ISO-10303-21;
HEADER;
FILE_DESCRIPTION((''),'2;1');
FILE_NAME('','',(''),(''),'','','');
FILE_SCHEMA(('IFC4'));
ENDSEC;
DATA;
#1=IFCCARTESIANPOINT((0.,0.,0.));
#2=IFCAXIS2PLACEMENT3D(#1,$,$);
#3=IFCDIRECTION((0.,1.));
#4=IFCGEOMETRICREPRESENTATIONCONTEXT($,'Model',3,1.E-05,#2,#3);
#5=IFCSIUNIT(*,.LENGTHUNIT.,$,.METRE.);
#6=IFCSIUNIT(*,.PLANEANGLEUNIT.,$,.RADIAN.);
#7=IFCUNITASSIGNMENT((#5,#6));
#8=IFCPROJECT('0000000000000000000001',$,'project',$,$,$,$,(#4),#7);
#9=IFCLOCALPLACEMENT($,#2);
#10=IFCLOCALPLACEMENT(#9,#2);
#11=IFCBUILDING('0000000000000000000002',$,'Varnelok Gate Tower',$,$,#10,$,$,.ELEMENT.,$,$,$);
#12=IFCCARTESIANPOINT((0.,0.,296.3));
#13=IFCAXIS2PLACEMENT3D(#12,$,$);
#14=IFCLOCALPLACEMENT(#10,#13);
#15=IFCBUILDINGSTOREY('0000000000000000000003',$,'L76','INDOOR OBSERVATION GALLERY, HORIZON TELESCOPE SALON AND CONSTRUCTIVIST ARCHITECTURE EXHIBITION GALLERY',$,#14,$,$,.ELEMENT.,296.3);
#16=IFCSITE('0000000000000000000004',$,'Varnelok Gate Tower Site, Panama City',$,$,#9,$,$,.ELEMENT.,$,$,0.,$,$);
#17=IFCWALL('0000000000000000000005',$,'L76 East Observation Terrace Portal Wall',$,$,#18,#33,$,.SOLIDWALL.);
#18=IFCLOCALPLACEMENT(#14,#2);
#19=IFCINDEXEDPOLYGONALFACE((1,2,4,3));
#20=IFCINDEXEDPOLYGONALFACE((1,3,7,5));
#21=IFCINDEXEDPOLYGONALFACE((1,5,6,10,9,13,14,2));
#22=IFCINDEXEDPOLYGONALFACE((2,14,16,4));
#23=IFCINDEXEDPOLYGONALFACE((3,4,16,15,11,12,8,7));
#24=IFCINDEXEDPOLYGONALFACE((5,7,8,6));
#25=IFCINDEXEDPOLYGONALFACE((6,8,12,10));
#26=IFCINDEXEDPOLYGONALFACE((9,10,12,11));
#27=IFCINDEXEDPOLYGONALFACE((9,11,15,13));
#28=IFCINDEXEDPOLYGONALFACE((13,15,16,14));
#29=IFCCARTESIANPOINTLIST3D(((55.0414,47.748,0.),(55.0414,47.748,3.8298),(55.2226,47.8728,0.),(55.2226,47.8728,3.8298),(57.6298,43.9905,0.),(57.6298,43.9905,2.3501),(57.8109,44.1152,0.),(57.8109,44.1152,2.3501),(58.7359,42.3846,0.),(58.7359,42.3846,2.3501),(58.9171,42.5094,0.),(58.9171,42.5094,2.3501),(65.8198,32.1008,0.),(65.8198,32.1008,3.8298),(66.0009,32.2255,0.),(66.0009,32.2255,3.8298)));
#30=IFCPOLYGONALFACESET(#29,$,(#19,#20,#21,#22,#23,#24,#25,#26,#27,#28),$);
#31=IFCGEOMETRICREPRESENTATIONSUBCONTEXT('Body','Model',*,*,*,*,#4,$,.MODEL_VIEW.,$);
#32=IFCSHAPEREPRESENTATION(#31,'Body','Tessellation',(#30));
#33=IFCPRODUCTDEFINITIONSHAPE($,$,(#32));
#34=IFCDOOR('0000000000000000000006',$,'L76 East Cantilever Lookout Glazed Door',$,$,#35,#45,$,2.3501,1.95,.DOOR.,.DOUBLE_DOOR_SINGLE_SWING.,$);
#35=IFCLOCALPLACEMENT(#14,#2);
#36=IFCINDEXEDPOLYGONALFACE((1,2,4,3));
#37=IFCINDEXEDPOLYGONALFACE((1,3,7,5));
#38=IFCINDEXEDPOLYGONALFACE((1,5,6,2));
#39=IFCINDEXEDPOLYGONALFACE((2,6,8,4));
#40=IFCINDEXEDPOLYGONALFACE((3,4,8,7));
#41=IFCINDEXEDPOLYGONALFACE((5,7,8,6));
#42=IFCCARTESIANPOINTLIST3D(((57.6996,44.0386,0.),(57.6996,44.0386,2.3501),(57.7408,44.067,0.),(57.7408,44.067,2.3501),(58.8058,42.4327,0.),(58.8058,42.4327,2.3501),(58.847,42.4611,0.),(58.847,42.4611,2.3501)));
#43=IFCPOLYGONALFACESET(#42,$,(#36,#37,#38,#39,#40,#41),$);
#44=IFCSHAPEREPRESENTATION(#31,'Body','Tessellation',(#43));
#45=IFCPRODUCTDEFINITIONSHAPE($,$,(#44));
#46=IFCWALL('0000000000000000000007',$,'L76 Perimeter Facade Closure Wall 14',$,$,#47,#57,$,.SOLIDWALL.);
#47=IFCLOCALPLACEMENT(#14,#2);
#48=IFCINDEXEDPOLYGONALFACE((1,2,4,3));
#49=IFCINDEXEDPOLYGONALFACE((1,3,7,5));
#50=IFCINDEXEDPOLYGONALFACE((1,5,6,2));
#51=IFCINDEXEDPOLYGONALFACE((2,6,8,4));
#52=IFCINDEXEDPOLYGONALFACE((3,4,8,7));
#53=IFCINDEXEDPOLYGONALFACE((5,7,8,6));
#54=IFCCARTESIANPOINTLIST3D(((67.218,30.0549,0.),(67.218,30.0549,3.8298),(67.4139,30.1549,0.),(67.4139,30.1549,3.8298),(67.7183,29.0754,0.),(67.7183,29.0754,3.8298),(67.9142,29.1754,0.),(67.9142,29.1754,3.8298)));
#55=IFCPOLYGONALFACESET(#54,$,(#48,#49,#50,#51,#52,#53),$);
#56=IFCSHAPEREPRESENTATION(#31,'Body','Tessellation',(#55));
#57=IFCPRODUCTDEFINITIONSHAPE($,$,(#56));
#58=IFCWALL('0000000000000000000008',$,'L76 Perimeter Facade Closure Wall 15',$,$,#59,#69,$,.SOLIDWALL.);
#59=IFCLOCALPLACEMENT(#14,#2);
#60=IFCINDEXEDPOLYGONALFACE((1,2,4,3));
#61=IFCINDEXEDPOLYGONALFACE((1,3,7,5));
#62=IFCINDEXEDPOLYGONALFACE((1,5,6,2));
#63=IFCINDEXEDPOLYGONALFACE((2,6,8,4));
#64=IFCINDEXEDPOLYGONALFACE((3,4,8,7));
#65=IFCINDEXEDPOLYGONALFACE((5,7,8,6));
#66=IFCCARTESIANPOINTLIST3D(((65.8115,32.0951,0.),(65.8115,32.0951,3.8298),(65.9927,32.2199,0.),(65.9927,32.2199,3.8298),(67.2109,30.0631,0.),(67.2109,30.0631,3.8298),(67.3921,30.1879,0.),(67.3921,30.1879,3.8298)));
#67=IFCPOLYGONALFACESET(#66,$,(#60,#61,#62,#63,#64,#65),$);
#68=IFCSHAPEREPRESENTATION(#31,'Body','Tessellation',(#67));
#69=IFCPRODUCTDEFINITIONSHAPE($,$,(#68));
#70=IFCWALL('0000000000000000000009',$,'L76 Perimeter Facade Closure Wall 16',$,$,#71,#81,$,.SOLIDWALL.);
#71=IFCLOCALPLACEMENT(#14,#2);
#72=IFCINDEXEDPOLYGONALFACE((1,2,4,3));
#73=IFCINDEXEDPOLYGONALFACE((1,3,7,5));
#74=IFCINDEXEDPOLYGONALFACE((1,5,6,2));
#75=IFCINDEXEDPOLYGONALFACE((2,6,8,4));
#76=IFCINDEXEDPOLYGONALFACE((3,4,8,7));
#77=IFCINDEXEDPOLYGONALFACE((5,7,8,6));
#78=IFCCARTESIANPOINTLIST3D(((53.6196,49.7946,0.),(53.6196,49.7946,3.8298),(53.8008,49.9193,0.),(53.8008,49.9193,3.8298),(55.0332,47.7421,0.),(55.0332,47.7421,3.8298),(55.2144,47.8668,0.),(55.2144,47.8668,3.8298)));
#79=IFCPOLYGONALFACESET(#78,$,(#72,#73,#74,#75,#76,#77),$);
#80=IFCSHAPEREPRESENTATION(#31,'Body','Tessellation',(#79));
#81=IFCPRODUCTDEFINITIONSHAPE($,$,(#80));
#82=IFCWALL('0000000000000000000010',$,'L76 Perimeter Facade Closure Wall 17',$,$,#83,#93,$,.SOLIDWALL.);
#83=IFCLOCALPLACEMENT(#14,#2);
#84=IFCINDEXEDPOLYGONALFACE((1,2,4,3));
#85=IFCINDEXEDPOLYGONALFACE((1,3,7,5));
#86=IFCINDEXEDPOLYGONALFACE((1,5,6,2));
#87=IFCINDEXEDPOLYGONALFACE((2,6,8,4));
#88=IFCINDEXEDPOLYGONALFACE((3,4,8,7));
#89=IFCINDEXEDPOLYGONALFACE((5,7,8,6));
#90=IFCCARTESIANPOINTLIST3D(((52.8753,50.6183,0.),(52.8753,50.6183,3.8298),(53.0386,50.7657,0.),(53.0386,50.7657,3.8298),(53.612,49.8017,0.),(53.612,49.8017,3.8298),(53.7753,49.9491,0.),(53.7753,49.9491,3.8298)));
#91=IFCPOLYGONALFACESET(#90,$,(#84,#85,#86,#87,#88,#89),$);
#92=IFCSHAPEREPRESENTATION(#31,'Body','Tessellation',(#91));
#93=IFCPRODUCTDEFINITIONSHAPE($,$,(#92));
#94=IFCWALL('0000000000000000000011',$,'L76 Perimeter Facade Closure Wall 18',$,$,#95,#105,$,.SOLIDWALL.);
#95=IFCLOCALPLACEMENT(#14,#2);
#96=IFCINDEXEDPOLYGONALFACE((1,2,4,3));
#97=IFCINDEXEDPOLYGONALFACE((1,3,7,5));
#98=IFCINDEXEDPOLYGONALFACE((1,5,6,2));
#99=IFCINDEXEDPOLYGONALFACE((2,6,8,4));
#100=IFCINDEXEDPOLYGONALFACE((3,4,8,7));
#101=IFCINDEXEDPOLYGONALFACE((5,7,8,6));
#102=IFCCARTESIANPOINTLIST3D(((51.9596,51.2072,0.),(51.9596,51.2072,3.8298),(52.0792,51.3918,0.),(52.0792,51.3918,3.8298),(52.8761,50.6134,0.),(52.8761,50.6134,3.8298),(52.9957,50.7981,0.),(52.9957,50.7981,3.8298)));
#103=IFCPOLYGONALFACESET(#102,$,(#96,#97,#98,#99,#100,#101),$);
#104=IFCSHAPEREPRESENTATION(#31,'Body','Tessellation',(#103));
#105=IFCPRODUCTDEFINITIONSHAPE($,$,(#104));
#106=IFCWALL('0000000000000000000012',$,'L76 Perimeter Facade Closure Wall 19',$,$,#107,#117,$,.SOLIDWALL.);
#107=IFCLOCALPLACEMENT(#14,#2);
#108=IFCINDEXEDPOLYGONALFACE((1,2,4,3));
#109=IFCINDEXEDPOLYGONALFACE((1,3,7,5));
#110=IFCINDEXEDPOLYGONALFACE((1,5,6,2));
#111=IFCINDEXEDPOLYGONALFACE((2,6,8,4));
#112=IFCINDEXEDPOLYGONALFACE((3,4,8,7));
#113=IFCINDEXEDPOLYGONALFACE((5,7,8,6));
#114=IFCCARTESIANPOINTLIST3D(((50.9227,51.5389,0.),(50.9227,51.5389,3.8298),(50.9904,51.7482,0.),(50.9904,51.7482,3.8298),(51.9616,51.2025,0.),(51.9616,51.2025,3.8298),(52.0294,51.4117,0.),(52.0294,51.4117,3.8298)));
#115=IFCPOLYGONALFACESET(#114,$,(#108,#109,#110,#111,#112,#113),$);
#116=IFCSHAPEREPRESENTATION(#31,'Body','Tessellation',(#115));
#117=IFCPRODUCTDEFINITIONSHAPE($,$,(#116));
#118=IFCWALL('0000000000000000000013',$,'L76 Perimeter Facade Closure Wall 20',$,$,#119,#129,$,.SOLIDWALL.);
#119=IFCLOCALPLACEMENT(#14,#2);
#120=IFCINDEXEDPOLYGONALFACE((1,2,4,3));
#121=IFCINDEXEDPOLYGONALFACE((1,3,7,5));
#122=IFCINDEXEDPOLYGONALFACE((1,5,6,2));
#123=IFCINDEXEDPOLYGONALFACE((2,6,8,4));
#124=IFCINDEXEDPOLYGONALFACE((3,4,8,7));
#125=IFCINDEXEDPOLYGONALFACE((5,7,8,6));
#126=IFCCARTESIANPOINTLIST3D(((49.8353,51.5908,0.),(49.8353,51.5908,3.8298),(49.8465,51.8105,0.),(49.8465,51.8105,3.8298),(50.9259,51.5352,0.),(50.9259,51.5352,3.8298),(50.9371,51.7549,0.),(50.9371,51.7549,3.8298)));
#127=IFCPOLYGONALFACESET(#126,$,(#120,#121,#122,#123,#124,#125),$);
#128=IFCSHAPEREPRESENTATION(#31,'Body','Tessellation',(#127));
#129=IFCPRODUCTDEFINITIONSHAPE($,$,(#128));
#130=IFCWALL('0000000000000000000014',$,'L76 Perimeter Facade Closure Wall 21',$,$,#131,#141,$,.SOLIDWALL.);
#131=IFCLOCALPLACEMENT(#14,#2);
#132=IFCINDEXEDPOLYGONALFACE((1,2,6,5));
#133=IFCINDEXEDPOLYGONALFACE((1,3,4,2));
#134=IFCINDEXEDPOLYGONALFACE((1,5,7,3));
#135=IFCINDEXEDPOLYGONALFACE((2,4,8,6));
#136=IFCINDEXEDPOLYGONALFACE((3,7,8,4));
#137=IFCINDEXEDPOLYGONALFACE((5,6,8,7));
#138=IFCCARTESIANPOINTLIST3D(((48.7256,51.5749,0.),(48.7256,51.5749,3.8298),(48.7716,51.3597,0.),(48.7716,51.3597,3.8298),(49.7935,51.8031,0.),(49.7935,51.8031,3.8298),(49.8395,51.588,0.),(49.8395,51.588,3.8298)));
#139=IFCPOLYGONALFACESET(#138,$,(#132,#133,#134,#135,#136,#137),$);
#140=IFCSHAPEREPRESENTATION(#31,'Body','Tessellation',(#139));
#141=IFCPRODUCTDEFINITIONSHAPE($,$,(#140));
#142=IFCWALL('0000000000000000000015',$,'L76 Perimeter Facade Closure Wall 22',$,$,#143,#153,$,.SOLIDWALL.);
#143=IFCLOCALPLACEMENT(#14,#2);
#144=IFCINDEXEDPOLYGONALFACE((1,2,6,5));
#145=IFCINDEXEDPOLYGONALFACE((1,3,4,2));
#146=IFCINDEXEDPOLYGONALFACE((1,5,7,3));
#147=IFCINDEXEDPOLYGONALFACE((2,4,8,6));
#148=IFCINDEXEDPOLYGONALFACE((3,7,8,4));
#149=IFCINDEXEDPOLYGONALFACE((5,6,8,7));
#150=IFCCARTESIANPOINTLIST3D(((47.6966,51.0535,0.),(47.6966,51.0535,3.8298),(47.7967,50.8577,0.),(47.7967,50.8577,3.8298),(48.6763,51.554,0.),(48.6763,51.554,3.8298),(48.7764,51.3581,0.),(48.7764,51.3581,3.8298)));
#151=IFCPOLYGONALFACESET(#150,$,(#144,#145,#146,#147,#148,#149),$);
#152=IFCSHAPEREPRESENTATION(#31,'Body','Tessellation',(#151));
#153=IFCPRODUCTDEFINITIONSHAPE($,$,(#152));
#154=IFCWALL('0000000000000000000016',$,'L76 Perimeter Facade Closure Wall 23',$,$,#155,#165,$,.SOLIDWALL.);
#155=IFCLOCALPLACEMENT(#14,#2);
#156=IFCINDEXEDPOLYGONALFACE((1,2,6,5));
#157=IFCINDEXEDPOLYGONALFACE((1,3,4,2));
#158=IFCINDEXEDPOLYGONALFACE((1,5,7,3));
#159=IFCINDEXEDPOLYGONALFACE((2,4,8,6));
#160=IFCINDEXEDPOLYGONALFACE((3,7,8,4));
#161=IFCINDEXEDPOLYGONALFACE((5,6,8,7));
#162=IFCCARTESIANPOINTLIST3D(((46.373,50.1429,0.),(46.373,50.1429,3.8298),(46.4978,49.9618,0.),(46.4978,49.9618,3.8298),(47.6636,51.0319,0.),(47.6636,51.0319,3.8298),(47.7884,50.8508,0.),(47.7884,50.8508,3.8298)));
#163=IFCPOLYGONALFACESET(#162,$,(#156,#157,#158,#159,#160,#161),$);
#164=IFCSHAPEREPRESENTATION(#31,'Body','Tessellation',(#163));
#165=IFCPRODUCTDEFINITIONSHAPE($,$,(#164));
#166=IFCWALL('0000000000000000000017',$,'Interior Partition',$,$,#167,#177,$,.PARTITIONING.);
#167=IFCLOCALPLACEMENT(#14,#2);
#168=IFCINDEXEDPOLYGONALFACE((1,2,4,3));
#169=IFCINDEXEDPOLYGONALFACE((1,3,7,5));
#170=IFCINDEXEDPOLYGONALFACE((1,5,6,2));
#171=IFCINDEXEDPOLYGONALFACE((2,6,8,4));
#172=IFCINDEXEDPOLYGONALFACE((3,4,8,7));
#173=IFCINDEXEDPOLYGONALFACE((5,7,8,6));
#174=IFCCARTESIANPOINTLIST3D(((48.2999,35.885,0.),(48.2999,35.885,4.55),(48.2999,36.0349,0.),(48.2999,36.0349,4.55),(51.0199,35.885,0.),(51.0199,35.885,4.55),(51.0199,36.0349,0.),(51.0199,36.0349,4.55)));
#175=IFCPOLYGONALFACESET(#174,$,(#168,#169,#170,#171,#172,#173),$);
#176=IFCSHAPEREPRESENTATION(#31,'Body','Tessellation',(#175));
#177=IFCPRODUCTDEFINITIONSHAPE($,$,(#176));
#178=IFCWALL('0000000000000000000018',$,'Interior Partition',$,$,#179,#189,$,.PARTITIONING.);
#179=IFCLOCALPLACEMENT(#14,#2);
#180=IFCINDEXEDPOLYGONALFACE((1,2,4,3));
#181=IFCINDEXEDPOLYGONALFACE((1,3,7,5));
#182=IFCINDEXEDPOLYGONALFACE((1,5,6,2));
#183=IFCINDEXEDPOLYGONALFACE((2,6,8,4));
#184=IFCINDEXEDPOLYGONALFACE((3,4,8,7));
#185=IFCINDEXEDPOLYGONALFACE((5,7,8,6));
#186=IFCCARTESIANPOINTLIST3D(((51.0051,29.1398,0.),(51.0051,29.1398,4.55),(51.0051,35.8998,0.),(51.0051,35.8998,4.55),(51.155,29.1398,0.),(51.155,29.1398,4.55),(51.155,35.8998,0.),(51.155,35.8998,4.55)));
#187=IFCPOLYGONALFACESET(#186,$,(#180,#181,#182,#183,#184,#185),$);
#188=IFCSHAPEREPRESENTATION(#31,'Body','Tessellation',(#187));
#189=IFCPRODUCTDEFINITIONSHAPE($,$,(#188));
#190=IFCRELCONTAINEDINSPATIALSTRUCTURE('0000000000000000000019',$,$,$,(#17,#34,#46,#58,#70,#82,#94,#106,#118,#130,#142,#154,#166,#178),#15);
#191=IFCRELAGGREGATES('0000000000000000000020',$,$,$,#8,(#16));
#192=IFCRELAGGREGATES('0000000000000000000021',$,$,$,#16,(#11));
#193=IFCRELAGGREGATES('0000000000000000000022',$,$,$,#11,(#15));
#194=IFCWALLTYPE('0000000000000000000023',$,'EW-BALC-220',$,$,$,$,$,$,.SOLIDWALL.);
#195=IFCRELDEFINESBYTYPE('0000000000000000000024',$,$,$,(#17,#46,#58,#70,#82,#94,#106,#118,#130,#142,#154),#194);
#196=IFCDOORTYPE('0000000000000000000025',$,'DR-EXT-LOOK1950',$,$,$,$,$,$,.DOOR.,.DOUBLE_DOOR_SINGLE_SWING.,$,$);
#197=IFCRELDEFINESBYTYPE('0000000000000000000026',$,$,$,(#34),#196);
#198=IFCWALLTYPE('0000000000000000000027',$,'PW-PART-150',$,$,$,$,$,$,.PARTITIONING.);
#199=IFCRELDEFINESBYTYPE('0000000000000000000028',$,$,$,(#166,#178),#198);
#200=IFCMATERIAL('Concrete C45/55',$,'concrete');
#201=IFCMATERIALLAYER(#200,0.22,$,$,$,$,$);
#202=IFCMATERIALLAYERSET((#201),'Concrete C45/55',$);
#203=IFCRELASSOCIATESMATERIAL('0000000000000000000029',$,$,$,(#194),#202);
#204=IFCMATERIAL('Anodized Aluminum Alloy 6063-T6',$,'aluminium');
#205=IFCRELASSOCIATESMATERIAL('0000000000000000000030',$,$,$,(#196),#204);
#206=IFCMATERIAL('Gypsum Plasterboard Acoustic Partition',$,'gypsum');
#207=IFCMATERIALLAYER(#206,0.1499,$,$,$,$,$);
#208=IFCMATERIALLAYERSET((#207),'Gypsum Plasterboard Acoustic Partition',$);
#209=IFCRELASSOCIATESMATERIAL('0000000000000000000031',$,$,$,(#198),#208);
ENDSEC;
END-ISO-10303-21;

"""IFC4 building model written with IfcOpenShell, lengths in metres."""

from ifc_helpers import new_model, si_unit, direction, frame, frame_2d, origin, place, context, subcontext, project, spatial, rectangle, extrude, material, layer, layer_set, type_object, element, fill, save


model = new_model("IFC4")

# Units and contexts
model_context = context("Model", 3, precision=1e-05, world=origin(), true_north=direction((0.0, 1.0)))
body_context = subcontext(model_context, "Body", "Model", "MODEL_VIEW")
ifc_project = project(units=[si_unit("LENGTHUNIT", "METRE"), si_unit("PLANEANGLEUNIT", "RADIAN")], contexts=[model_context])

# Site, building, storey
site_placement = place(None, origin())
site = spatial("IfcSite", under=ifc_project, at=site_placement, Name="Varnelok Gate Tower Site, Panama City", CompositionType="ELEMENT", RefElevation=0.0)
building_placement = place(site_placement, origin())
building = spatial("IfcBuilding", under=site, at=building_placement, Name="Varnelok Gate Tower", CompositionType="ELEMENT")
storey_placement = place(building_placement, frame((0.0, 0.0, 296.3)))
storey = spatial("IfcBuildingStorey", under=building, at=storey_placement, Name="L76", Description="INDOOR OBSERVATION GALLERY, HORIZON TELESCOPE SALON AND CONSTRUCTIVIST ARCHITECTURE EXHIBITION GALLERY", CompositionType="ELEMENT", Elevation=296.3)

# Wall, opening, door
ifc_material_1 = material(Name="Concrete C45/55", Category="concrete")
ifc_layer_1 = layer(ifc_material_1, 0.22)
ifc_layer_set_1 = layer_set([ifc_layer_1], Name="Concrete C45/55")
wall_type_1 = type_object("IfcWallType", Name="EW-BALC-220", PredefinedType="SOLIDWALL", material=ifc_layer_set_1)
wall_1_placement = place(storey_placement, frame((55.1321, 47.8103, 0.0), z_axis=(0.0, 0.0, 1.0), x_axis=(0.567274, -0.823529, 0.0)))
wall_1 = element("IfcWall", 1, at=wall_1_placement, inside=storey, type_object=wall_type_1, Name="L76 East Observation Terrace Portal Wall", PredefinedType="SOLIDWALL", context=body_context, shape_type="SweptSolid", body=[
    extrude(rectangle(XDim=19.0002, YDim=0.22, at=frame_2d((9.5, 0.0))), origin(), (0.0, 0.0, 1.0), 3.8298),
])
opening_placement = place(wall_1_placement, frame((4.5625, 0.0, 0.0)))
opening = element("IfcOpeningElement", 2, at=opening_placement, cuts=wall_1, PredefinedType="OPENING", context=body_context, shape_type="SweptSolid", body=[
    extrude(rectangle(XDim=1.95, YDim=2.3501, at=frame_2d((0.9751, 1.175))), frame((0.0, 0.1199, 0.0), z_axis=(0.0, -1.0, 0.0), x_axis=(1.0, 0.0, 0.0)), (0.0, 0.0, 1.0), 0.24),
])
ifc_material_2 = material(Name="Anodized Aluminum Alloy 6063-T6", Category="aluminium")
door_type = type_object("IfcDoorType", Name="DR-EXT-LOOK1950", OperationType="DOUBLE_DOOR_SINGLE_SWING", PredefinedType="DOOR", material=ifc_material_2)
door_placement = place(opening_placement, origin())
door = element("IfcDoor", 3, at=door_placement, inside=storey, type_object=door_type, Name="L76 East Cantilever Lookout Glazed Door", OperationType="DOUBLE_DOOR_SINGLE_SWING", OverallHeight=2.3501, OverallWidth=1.95, PredefinedType="DOOR", context=body_context, shape_type="SweptSolid", body=[
    extrude(rectangle(XDim=1.95, YDim=2.3501, at=frame_2d((0.9751, 1.175))), frame((0.0, 0.0249, 0.0), z_axis=(0.0, -1.0, 0.0), x_axis=(1.0, 0.0, 0.0)), (0.0, 0.0, 1.0), 0.05),
])
fill(opening, door)

# Walls
wall_2_placement = place(storey_placement, frame((67.8162, 29.1255, 0.0), z_axis=(0.0, 0.0, 1.0), x_axis=(-0.454833, 0.890577, 0.0)))
element("IfcWall", 4, at=wall_2_placement, inside=storey, type_object=wall_type_1, Name="L76 Perimeter Facade Closure Wall 14", PredefinedType="SOLIDWALL", context=body_context, shape_type="SweptSolid", body=[
    extrude(rectangle(XDim=1.0999, YDim=0.22, at=frame_2d((0.5498, 0.0))), origin(), (0.0, 0.0, 1.0), 3.8298),
])
wall_3_placement = place(storey_placement, frame((67.3015, 30.1255, 0.0), z_axis=(0.0, 0.0, 1.0), x_axis=(-0.567196, 0.823583, 0.0)))
element("IfcWall", 5, at=wall_3_placement, inside=storey, type_object=wall_type_1, Name="L76 Perimeter Facade Closure Wall 15", PredefinedType="SOLIDWALL", context=body_context, shape_type="SweptSolid", body=[
    extrude(rectangle(XDim=2.4673, YDim=0.22, at=frame_2d((1.2336, 0.0))), origin(), (0.0, 0.0, 1.0), 3.8298),
])
wall_4_placement = place(storey_placement, frame((55.1238, 47.8044, 0.0), z_axis=(0.0, 0.0, 1.0), x_axis=(-0.567206, 0.823576, 0.0)))
element("IfcWall", 6, at=wall_4_placement, inside=storey, type_object=wall_type_1, Name="L76 Perimeter Facade Closure Wall 16", PredefinedType="SOLIDWALL", context=body_context, shape_type="SweptSolid", body=[
    extrude(rectangle(XDim=2.4922, YDim=0.22, at=frame_2d((1.2461, 0.0))), origin(), (0.0, 0.0, 1.0), 3.8298),
])
wall_5_placement = place(storey_placement, frame((53.6936, 49.8755, 0.0), z_axis=(0.0, 0.0, 1.0), x_axis=(-0.669884, 0.742466, 0.0)))
element("IfcWall", 7, at=wall_5_placement, inside=storey, type_object=wall_type_1, Name="L76 Perimeter Facade Closure Wall 17", PredefinedType="SOLIDWALL", context=body_context, shape_type="SweptSolid", body=[
    extrude(rectangle(XDim=1.0999, YDim=0.22, at=frame_2d((0.5498, 0.0))), origin(), (0.0, 0.0, 1.0), 3.8298),
])
for number, where, z_axis, x_axis, name in (
    (8, (52.9358, 50.7058, 0.0), (0.0, 0.0, 1.0), (-0.83927, 0.543715, 0.0), "L76 Perimeter Facade Closure Wall 18"),
    (9, (51.9954, 51.3071, 0.0), (0.0, 0.0, 1.0), (-0.951354, 0.3081, 0.0), "L76 Perimeter Facade Closure Wall 19"),
    (10, (50.9314, 51.645, 0.0), (0.0, 0.0, 1.0), (-0.9987, 0.050975, 0.0), "L76 Perimeter Facade Closure Wall 20"),
    (11, (49.8164, 51.6956, 0.0), (0.0, 0.0, 1.0), (-0.977907, -0.20904, 0.0), "L76 Perimeter Facade Closure Wall 21"),
):
    element("IfcWall", number, at=place(storey_placement, frame(where, z_axis=z_axis, x_axis=x_axis)), inside=storey, type_object=wall_type_1, Name=name, PredefinedType="SOLIDWALL", context=body_context, shape_type="SweptSolid", body=[
        extrude(rectangle(XDim=1.092, YDim=0.22, at=frame_2d((0.5459, 0.0))), origin(), (0.0, 0.0, 1.0), 3.8298),
    ])
wall_6_placement = place(storey_placement, frame((48.7263, 51.4561, 0.0), z_axis=(0.0, 0.0, 1.0), x_axis=(-0.890533, -0.454919, 0.0)))
element("IfcWall", 12, at=wall_6_placement, inside=storey, type_object=wall_type_1, Name="L76 Perimeter Facade Closure Wall 22", PredefinedType="SOLIDWALL", context=body_context, shape_type="SweptSolid", body=[
    extrude(rectangle(XDim=1.1001, YDim=0.22, at=frame_2d((0.55, 0.0))), origin(), (0.0, 0.0, 1.0), 3.8298),
])
wall_7_placement = place(storey_placement, frame((47.7261, 50.9414, 0.0), z_axis=(0.0, 0.0, 1.0), x_axis=(-0.823542, -0.567256, 0.0)))
element("IfcWall", 13, at=wall_7_placement, inside=storey, type_object=wall_type_1, Name="L76 Perimeter Facade Closure Wall 23", PredefinedType="SOLIDWALL", context=body_context, shape_type="SweptSolid", body=[
    extrude(rectangle(XDim=1.5671, YDim=0.22, at=frame_2d((0.7837, 0.0))), origin(), (0.0, 0.0, 1.0), 3.8298),
])
ifc_material_3 = material(Name="Gypsum Plasterboard Acoustic Partition", Category="gypsum")
ifc_layer_2 = layer(ifc_material_3, 0.1499)
ifc_layer_set_2 = layer_set([ifc_layer_2], Name="Gypsum Plasterboard Acoustic Partition")
wall_type_2 = type_object("IfcWallType", Name="PW-PART-150", PredefinedType="PARTITIONING", material=ifc_layer_set_2)
wall_8_placement = place(storey_placement, frame((48.3, 35.96, 0.0), z_axis=(0.0, 0.0, 1.0), x_axis=(1.0, 0.0, 0.0)))
element("IfcWall", 14, at=wall_8_placement, inside=storey, type_object=wall_type_2, Name="Interior Partition", PredefinedType="PARTITIONING", context=body_context, shape_type="SweptSolid", body=[
    extrude(rectangle(XDim=2.72, YDim=0.1499, at=frame_2d((1.3599, 0.0))), origin(), (0.0, 0.0, 1.0), 4.55),
])
wall_9_placement = place(storey_placement, frame((51.0801, 29.1399, 0.0), z_axis=(0.0, 0.0, 1.0), x_axis=(0.0, 1.0, 0.0)))
element("IfcWall", 15, at=wall_9_placement, inside=storey, type_object=wall_type_2, Name="Interior Partition", PredefinedType="PARTITIONING", context=body_context, shape_type="SweptSolid", body=[
    extrude(rectangle(XDim=6.76, YDim=0.1499, at=frame_2d((3.3799, 0.0))), origin(), (0.0, 0.0, 1.0), 4.55),
])

save(model, "model.ifc")
